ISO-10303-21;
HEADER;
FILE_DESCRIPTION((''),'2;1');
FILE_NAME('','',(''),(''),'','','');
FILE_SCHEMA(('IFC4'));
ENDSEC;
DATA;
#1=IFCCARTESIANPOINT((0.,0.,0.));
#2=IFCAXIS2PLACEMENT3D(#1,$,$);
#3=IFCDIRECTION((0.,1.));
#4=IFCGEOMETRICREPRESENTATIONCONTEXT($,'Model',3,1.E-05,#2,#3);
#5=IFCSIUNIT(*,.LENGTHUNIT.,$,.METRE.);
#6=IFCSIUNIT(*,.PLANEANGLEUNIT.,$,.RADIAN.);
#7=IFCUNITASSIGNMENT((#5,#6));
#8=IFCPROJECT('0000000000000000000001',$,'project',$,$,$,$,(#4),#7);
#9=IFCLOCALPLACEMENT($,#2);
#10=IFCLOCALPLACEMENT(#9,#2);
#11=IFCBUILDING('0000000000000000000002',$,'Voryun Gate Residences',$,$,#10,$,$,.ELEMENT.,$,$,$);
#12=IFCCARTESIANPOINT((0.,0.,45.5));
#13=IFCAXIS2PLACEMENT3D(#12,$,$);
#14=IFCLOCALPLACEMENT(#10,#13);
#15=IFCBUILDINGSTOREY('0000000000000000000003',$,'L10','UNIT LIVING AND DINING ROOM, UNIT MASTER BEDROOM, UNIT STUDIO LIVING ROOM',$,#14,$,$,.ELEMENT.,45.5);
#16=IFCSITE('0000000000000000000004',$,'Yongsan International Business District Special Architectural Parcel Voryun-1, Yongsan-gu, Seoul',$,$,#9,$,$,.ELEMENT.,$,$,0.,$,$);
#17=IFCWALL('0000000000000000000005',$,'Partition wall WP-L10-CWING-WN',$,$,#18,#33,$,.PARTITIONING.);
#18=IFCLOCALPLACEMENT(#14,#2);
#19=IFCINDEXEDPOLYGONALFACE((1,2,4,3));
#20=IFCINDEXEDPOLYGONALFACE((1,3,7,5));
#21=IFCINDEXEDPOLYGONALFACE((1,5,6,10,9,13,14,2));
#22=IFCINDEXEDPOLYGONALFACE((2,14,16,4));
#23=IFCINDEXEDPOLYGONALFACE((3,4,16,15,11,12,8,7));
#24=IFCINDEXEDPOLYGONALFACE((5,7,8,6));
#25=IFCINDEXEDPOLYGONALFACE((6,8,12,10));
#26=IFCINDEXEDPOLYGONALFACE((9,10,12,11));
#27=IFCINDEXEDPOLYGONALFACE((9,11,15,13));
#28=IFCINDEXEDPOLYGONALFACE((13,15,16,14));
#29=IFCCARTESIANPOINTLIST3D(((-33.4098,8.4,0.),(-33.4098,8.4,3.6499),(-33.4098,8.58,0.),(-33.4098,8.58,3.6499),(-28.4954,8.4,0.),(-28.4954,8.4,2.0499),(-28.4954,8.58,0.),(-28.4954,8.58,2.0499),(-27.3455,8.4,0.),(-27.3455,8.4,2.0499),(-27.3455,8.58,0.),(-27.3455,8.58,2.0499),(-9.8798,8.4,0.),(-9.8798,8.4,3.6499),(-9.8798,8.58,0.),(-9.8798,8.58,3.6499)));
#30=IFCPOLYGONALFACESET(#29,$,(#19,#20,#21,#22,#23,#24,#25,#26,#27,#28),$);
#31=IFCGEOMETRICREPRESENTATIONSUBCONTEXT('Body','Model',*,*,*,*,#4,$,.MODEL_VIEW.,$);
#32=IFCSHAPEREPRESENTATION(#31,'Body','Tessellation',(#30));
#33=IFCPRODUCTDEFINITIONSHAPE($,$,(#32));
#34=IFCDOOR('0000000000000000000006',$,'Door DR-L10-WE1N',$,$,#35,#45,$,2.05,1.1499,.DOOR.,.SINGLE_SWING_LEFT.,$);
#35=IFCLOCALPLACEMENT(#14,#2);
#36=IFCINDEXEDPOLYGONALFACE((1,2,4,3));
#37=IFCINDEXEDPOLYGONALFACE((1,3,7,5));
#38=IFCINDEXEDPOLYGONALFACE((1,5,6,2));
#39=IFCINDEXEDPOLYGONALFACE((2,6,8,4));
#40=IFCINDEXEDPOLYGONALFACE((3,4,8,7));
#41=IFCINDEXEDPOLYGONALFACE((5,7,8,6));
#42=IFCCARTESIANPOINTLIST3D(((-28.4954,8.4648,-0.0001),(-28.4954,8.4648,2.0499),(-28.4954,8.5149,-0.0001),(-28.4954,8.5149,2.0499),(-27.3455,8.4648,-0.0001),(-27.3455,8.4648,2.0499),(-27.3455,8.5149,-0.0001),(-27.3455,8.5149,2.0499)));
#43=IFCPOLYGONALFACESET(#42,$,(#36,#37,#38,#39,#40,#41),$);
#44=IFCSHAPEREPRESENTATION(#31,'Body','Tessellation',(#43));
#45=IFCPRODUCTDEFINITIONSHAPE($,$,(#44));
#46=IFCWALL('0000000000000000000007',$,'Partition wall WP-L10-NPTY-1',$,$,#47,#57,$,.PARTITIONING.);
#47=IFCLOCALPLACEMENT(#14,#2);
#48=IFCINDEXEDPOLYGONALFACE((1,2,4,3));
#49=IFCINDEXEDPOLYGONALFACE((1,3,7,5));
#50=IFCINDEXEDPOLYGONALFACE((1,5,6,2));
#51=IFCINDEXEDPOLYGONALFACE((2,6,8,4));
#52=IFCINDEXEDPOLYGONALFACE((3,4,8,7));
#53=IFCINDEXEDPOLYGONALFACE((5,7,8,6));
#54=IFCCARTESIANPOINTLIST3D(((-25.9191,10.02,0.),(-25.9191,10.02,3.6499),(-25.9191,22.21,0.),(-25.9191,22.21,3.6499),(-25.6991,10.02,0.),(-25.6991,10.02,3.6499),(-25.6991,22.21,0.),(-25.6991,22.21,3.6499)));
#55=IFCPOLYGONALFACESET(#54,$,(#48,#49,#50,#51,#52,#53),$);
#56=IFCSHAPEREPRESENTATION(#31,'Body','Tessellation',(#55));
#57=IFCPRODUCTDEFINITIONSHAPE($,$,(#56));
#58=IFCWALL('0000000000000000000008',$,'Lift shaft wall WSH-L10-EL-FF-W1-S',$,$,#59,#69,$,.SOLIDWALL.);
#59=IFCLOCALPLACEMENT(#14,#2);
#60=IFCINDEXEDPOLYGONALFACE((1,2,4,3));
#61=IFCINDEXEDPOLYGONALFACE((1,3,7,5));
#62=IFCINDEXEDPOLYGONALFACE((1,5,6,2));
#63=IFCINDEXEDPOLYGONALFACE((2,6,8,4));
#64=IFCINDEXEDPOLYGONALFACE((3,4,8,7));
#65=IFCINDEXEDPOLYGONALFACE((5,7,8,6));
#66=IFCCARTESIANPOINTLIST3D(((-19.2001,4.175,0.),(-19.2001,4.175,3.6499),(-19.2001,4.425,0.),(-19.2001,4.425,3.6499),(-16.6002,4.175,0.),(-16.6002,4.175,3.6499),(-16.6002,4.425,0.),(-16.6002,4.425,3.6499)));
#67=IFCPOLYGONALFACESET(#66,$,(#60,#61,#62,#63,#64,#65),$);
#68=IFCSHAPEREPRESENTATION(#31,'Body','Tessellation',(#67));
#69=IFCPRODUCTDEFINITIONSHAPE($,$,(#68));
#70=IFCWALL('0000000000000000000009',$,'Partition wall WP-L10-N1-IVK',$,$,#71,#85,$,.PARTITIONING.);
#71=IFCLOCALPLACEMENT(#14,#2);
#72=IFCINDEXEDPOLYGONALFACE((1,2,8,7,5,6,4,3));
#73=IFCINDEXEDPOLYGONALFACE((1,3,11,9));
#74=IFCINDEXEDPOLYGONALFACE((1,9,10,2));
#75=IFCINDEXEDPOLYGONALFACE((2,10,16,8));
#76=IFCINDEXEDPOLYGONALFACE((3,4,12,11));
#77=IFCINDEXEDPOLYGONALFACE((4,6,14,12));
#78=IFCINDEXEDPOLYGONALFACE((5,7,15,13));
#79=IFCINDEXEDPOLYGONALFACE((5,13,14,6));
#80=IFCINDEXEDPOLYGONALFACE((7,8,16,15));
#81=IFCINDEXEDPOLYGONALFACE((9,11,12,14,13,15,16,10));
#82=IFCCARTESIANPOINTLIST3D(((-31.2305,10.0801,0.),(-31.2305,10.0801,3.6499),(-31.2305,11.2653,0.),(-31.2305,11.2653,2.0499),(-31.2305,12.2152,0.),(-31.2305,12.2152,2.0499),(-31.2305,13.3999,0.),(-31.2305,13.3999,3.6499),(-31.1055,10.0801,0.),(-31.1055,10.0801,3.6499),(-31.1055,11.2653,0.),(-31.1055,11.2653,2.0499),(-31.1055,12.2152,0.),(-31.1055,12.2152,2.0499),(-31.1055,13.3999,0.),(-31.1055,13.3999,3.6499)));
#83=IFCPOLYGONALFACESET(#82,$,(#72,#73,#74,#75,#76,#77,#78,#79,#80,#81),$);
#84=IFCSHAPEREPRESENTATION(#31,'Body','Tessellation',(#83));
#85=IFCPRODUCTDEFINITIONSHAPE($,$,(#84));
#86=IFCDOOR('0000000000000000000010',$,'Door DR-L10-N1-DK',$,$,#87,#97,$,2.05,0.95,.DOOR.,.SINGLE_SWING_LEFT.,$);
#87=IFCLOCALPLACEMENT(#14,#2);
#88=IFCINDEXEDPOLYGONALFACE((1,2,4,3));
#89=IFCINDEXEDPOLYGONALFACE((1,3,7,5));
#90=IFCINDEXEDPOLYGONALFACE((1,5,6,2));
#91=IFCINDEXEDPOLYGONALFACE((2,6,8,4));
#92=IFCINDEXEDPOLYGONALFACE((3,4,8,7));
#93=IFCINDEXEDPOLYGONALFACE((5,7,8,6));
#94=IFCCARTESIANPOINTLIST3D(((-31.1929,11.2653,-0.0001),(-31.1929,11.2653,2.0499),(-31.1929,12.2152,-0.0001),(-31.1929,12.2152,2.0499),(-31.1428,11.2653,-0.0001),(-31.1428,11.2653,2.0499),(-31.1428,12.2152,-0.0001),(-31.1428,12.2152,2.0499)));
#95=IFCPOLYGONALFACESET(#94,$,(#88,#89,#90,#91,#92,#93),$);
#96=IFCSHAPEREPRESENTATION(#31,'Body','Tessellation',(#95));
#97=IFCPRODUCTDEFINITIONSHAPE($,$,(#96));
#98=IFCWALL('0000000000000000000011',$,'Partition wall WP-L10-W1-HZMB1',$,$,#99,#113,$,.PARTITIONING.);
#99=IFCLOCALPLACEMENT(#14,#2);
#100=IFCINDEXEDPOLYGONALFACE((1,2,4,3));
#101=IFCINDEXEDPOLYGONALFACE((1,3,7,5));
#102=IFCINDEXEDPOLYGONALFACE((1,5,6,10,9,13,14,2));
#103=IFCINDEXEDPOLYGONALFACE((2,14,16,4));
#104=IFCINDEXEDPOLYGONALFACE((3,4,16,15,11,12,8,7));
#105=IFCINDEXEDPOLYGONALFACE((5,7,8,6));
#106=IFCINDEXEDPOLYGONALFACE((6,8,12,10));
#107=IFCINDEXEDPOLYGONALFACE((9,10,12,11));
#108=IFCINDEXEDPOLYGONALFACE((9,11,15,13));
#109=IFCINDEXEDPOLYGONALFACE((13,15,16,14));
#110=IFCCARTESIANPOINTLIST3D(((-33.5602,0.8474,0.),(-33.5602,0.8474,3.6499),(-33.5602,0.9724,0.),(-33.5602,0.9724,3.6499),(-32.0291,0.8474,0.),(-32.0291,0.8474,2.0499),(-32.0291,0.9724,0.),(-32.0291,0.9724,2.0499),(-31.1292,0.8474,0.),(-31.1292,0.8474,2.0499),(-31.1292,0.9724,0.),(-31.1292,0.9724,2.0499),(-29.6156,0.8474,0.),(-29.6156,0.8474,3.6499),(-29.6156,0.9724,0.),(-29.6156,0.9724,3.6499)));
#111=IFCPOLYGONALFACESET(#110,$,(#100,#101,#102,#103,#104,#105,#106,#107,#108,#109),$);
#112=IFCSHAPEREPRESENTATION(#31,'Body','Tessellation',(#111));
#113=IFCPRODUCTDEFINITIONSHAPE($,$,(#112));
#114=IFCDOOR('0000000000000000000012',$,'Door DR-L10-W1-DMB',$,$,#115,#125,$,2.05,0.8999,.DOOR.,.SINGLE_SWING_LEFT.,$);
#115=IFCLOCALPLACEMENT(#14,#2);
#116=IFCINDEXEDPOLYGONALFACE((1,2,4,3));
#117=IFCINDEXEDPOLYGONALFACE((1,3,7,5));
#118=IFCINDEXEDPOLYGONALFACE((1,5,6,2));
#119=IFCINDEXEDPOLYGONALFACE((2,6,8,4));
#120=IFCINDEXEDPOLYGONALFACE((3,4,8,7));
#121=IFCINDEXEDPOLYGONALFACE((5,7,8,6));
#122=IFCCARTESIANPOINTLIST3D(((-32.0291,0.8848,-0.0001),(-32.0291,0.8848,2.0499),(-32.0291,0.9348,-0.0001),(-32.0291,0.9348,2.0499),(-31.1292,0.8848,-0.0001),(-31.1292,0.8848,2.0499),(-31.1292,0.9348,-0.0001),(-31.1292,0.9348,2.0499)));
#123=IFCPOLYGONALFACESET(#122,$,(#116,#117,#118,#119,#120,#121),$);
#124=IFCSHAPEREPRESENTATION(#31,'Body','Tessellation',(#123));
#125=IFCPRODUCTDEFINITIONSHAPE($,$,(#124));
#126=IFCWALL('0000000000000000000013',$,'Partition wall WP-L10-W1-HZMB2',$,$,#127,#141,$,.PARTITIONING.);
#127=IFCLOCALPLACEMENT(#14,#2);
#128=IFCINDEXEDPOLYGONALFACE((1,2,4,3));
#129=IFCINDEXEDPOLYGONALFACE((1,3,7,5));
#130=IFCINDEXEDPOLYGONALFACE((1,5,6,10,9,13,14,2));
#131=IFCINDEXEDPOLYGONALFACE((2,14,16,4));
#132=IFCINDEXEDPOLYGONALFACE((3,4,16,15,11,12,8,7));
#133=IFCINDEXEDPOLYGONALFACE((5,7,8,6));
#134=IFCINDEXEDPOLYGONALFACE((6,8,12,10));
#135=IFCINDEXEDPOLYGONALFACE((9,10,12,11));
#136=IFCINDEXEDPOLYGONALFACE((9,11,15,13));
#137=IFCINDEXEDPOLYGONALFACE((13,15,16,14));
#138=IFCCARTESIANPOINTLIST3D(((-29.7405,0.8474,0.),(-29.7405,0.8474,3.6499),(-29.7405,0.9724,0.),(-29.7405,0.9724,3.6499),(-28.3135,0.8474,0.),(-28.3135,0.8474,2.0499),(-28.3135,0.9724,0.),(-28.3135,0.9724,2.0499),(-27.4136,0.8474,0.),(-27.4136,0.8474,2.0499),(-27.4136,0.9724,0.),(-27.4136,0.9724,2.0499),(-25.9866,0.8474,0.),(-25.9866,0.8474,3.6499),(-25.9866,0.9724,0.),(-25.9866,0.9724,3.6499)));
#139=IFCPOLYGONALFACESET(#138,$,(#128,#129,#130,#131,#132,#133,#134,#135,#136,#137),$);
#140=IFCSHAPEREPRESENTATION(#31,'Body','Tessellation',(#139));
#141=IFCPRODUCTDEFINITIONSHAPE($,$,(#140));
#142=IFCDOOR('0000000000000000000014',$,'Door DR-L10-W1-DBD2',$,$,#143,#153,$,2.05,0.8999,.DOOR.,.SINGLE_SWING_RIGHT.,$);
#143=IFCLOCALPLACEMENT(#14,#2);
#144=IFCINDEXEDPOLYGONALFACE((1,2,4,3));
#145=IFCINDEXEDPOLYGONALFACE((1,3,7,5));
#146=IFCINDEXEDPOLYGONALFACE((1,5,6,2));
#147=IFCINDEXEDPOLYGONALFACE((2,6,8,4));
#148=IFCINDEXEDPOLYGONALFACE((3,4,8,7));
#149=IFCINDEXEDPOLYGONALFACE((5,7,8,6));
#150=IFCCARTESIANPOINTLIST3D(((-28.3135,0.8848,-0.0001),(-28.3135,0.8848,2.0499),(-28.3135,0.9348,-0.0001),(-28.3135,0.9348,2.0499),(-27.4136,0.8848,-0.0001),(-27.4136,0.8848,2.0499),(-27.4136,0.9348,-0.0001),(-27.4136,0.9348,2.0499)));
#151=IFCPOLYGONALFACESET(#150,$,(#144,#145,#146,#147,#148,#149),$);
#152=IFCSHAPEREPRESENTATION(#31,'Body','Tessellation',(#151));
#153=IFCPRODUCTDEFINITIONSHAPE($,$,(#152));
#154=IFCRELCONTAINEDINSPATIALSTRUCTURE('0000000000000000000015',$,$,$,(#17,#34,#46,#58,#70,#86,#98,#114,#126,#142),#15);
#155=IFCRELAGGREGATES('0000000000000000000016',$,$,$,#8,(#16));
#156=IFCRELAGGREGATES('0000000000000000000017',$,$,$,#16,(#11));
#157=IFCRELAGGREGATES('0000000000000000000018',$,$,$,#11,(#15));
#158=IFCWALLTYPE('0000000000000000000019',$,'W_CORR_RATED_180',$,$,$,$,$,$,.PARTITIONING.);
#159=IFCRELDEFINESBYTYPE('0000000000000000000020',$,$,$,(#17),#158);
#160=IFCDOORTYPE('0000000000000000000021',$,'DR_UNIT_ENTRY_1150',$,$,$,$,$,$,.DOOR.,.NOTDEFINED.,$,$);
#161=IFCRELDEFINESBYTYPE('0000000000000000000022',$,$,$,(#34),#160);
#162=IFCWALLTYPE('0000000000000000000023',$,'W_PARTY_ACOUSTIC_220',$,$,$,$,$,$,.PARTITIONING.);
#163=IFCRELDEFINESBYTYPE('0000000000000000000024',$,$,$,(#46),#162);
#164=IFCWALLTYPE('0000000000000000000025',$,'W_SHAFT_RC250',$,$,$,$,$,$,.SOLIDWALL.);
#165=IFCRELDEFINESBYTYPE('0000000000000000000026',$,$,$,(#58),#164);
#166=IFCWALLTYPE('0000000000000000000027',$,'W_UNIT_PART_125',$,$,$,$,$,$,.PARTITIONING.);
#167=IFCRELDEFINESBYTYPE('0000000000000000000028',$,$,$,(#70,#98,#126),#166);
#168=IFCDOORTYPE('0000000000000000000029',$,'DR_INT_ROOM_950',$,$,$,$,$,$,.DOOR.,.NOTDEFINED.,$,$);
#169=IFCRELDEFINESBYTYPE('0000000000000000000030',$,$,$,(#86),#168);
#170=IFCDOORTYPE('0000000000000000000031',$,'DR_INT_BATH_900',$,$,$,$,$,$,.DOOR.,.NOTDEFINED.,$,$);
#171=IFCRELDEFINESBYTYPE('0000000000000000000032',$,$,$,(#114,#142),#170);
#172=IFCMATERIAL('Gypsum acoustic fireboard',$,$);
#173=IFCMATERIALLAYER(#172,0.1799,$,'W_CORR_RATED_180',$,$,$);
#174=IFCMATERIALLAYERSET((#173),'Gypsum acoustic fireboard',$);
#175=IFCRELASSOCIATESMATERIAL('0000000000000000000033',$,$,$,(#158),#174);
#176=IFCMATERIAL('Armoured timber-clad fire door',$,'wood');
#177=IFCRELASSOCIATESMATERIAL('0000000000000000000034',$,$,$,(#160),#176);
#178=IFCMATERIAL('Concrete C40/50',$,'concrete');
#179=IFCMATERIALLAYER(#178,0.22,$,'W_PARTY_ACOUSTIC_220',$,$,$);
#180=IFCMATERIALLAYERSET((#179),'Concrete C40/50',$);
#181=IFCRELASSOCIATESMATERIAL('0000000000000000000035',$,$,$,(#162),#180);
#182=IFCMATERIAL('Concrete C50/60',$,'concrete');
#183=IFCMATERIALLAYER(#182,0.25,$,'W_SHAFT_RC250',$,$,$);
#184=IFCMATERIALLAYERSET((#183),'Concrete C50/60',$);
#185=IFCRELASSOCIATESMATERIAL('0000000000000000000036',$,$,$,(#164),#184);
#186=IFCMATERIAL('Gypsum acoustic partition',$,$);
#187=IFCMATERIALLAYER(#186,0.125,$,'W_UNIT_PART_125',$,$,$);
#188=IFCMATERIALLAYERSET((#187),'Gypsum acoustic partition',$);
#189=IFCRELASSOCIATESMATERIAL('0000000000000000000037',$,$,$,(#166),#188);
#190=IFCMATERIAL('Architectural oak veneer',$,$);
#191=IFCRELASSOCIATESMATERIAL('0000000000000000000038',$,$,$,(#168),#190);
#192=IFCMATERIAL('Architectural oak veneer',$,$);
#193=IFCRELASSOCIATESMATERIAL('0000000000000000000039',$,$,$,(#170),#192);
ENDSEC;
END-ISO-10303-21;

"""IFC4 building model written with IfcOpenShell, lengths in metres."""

from ifc_helpers import new_model, si_unit, direction, frame, frame_2d, origin, place, context, subcontext, project, spatial, rectangle, extrude, material, layer, layer_set, type_object, element, fill, save


model = new_model("IFC4")

# Units and contexts
model_context = context("Model", 3, precision=1e-05, world=origin(), true_north=direction((0.0, 1.0)))
body_context = subcontext(model_context, "Body", "Model", "MODEL_VIEW")
ifc_project = project(units=[si_unit("LENGTHUNIT", "METRE"), si_unit("PLANEANGLEUNIT", "RADIAN")], contexts=[model_context])

# Site, building, storey
site_placement = place(None, origin())
site = spatial("IfcSite", under=ifc_project, at=site_placement, Name="Yongsan International Business District Special Architectural Parcel Voryun-1, Yongsan-gu, Seoul", CompositionType="ELEMENT", RefElevation=0.0)
building_placement = place(site_placement, origin())
building = spatial("IfcBuilding", under=site, at=building_placement, Name="Voryun Gate Residences", CompositionType="ELEMENT")
storey_placement = place(building_placement, frame((0.0, 0.0, 45.5)))
storey = spatial("IfcBuildingStorey", under=building, at=storey_placement, Name="L10", Description="UNIT LIVING AND DINING ROOM, UNIT MASTER BEDROOM, UNIT STUDIO LIVING ROOM", CompositionType="ELEMENT", Elevation=45.5)

# Wall, opening, door
ifc_material_1 = material(Name="Gypsum acoustic fireboard")
ifc_layer_1 = layer(ifc_material_1, 0.1799, Name="W_CORR_RATED_180")
ifc_layer_set_1 = layer_set([ifc_layer_1], Name="Gypsum acoustic fireboard")
wall_type_1 = type_object("IfcWallType", Name="W_CORR_RATED_180", PredefinedType="PARTITIONING", material=ifc_layer_set_1)
wall_1_placement = place(storey_placement, frame((-33.4099, 8.49, 0.0), z_axis=(0.0, 0.0, 1.0), x_axis=(1.0, 0.0, 0.0)))
wall_1 = element("IfcWall", 1, at=wall_1_placement, inside=storey, type_object=wall_type_1, Name="Partition wall WP-L10-CWING-WN", PredefinedType="PARTITIONING", context=body_context, shape_type="SweptSolid", body=[
    extrude(rectangle(XDim=23.53, YDim=0.1799, at=frame_2d((11.7651, 0.0))), origin(), (0.0, 0.0, 1.0), 3.6499),
])
opening_1_placement = place(wall_1_placement, frame((4.9146, 0.0, 0.0)))
opening_1 = element("IfcOpeningElement", 2, at=opening_1_placement, cuts=wall_1, PredefinedType="OPENING", context=body_context, shape_type="SweptSolid", body=[
    extrude(rectangle(XDim=1.1499, YDim=2.05, at=frame_2d((0.575, 1.0249))), frame((0.0, 0.0999, 0.0), z_axis=(0.0, -1.0, 0.0), x_axis=(1.0, 0.0, 0.0)), (0.0, 0.0, 1.0), 0.2),
])
ifc_material_2 = material(Name="Armoured timber-clad fire door", Category="wood")
door_type_1 = type_object("IfcDoorType", Name="DR_UNIT_ENTRY_1150", OperationType="NOTDEFINED", PredefinedType="DOOR", material=ifc_material_2)
door_1_placement = place(opening_1_placement, origin())
door_1 = element("IfcDoor", 3, at=door_1_placement, inside=storey, type_object=door_type_1, Name="Door DR-L10-WE1N", OperationType="SINGLE_SWING_LEFT", OverallHeight=2.05, OverallWidth=1.1499, PredefinedType="DOOR", context=body_context, shape_type="SweptSolid", body=[
    extrude(rectangle(XDim=1.1499, YDim=2.05, at=frame_2d((0.575, 1.0249))), frame((0.0, 0.0249, 0.0), z_axis=(0.0, -1.0, 0.0), x_axis=(1.0, 0.0, 0.0)), (0.0, 0.0, 1.0), 0.05),
])
fill(opening_1, door_1)

# Walls
ifc_material_3 = material(Name="Concrete C40/50", Category="concrete")
ifc_layer_2 = layer(ifc_material_3, 0.22, Name="W_PARTY_ACOUSTIC_220")
ifc_layer_set_2 = layer_set([ifc_layer_2], Name="Concrete C40/50")
wall_type_2 = type_object("IfcWallType", Name="W_PARTY_ACOUSTIC_220", PredefinedType="PARTITIONING", material=ifc_layer_set_2)
wall_2_placement = place(storey_placement, frame((-25.8091, 10.02, 0.0), z_axis=(0.0, 0.0, 1.0), x_axis=(0.0, 1.0, 0.0)))
element("IfcWall", 4, at=wall_2_placement, inside=storey, type_object=wall_type_2, Name="Partition wall WP-L10-NPTY-1", PredefinedType="PARTITIONING", context=body_context, shape_type="SweptSolid", body=[
    extrude(rectangle(XDim=12.1899, YDim=0.22, at=frame_2d((6.095, 0.0))), origin(), (0.0, 0.0, 1.0), 3.6499),
])
ifc_material_4 = material(Name="Concrete C50/60", Category="concrete")
ifc_layer_3 = layer(ifc_material_4, 0.25, Name="W_SHAFT_RC250")
ifc_layer_set_3 = layer_set([ifc_layer_3], Name="Concrete C50/60")
wall_type_3 = type_object("IfcWallType", Name="W_SHAFT_RC250", PredefinedType="SOLIDWALL", material=ifc_layer_set_3)
wall_3_placement = place(storey_placement, frame((-19.2, 4.3, 0.0), z_axis=(0.0, 0.0, 1.0), x_axis=(1.0, 0.0, 0.0)))
element("IfcWall", 5, at=wall_3_placement, inside=storey, type_object=wall_type_3, Name="Lift shaft wall WSH-L10-EL-FF-W1-S", PredefinedType="SOLIDWALL", context=body_context, shape_type="SweptSolid", body=[
    extrude(rectangle(XDim=2.5999, YDim=0.25, at=frame_2d((1.2998, 0.0))), origin(), (0.0, 0.0, 1.0), 3.6499),
])

# Walls, openings, doors
ifc_material_5 = material(Name="Gypsum acoustic partition")
ifc_layer_4 = layer(ifc_material_5, 0.125, Name="W_UNIT_PART_125")
ifc_layer_set_4 = layer_set([ifc_layer_4], Name="Gypsum acoustic partition")
wall_type_4 = type_object("IfcWallType", Name="W_UNIT_PART_125", PredefinedType="PARTITIONING", material=ifc_layer_set_4)
wall_4_placement = place(storey_placement, frame((-31.168, 10.0801, 0.0), z_axis=(0.0, 0.0, 1.0), x_axis=(0.0, 1.0, 0.0)))
wall_4 = element("IfcWall", 6, at=wall_4_placement, inside=storey, type_object=wall_type_4, Name="Partition wall WP-L10-N1-IVK", PredefinedType="PARTITIONING", context=body_context, shape_type="SweptSolid", body=[
    extrude(rectangle(XDim=3.3198, YDim=0.125, at=frame_2d((1.6599, 0.0))), origin(), (0.0, 0.0, 1.0), 3.6499),
])
opening_2_placement = place(wall_4_placement, frame((1.1851, 0.0, 0.0)))
opening_2 = element("IfcOpeningElement", 7, at=opening_2_placement, cuts=wall_4, PredefinedType="OPENING", context=body_context, shape_type="SweptSolid", body=[
    extrude(rectangle(XDim=0.95, YDim=2.05, at=frame_2d((0.4751, 1.0249))), frame((0.0, 0.0725, 0.0), z_axis=(0.0, -1.0, 0.0), x_axis=(1.0, 0.0, 0.0)), (0.0, 0.0, 1.0), 0.145),
])
ifc_material_6 = material(Name="Architectural oak veneer")
door_type_2 = type_object("IfcDoorType", Name="DR_INT_ROOM_950", OperationType="NOTDEFINED", PredefinedType="DOOR", material=ifc_material_6)
door_2_placement = place(opening_2_placement, origin())
door_2 = element("IfcDoor", 8, at=door_2_placement, inside=storey, type_object=door_type_2, Name="Door DR-L10-N1-DK", OperationType="SINGLE_SWING_LEFT", OverallHeight=2.05, OverallWidth=0.95, PredefinedType="DOOR", context=body_context, shape_type="SweptSolid", body=[
    extrude(rectangle(XDim=0.95, YDim=2.05, at=frame_2d((0.4751, 1.0249))), frame((0.0, 0.0249, 0.0), z_axis=(0.0, -1.0, 0.0), x_axis=(1.0, 0.0, 0.0)), (0.0, 0.0, 1.0), 0.05),
])
fill(opening_2, door_2)
wall_5_placement = place(storey_placement, frame((-33.5601, 0.9099, 0.0), z_axis=(0.0, 0.0, 1.0), x_axis=(1.0, 0.0, 0.0)))
wall_5 = element("IfcWall", 9, at=wall_5_placement, inside=storey, type_object=wall_type_4, Name="Partition wall WP-L10-W1-HZMB1", PredefinedType="PARTITIONING", context=body_context, shape_type="SweptSolid", body=[
    extrude(rectangle(XDim=3.9446, YDim=0.125, at=frame_2d((1.9722, 0.0))), origin(), (0.0, 0.0, 1.0), 3.6499),
])
opening_3_placement = place(wall_5_placement, frame((1.531, 0.0, 0.0)))
opening_3 = element("IfcOpeningElement", 10, at=opening_3_placement, cuts=wall_5, PredefinedType="OPENING", context=body_context, shape_type="SweptSolid", body=[
    extrude(rectangle(XDim=0.8999, YDim=2.05, at=frame_2d((0.45, 1.0249))), frame((0.0, 0.0725, 0.0), z_axis=(0.0, -1.0, 0.0), x_axis=(1.0, 0.0, 0.0)), (0.0, 0.0, 1.0), 0.145),
])
ifc_material_7 = material(Name="Architectural oak veneer")
door_type_3 = type_object("IfcDoorType", Name="DR_INT_BATH_900", OperationType="NOTDEFINED", PredefinedType="DOOR", material=ifc_material_7)
door_3_placement = place(opening_3_placement, origin())
door_3 = element("IfcDoor", 11, at=door_3_placement, inside=storey, type_object=door_type_3, Name="Door DR-L10-W1-DMB", OperationType="SINGLE_SWING_LEFT", OverallHeight=2.05, OverallWidth=0.8999, PredefinedType="DOOR", context=body_context, shape_type="SweptSolid", body=[
    extrude(rectangle(XDim=0.8999, YDim=2.05, at=frame_2d((0.45, 1.0249))), frame((0.0, 0.0249, 0.0), z_axis=(0.0, -1.0, 0.0), x_axis=(1.0, 0.0, 0.0)), (0.0, 0.0, 1.0), 0.05),
])
fill(opening_3, door_3)
wall_6_placement = place(storey_placement, frame((-29.7405, 0.9099, 0.0), z_axis=(0.0, 0.0, 1.0), x_axis=(1.0, 0.0, 0.0)))
wall_6 = element("IfcWall", 12, at=wall_6_placement, inside=storey, type_object=wall_type_4, Name="Partition wall WP-L10-W1-HZMB2", PredefinedType="PARTITIONING", context=body_context, shape_type="SweptSolid", body=[
    extrude(rectangle(XDim=3.7539, YDim=0.125, at=frame_2d((1.877, 0.0))), origin(), (0.0, 0.0, 1.0), 3.6499),
])
opening_4_placement = place(wall_6_placement, frame((1.427, 0.0, 0.0)))
opening_4 = element("IfcOpeningElement", 13, at=opening_4_placement, cuts=wall_6, PredefinedType="OPENING", context=body_context, shape_type="SweptSolid", body=[
    extrude(rectangle(XDim=0.8999, YDim=2.05, at=frame_2d((0.45, 1.0249))), frame((0.0, 0.0725, 0.0), z_axis=(0.0, -1.0, 0.0), x_axis=(1.0, 0.0, 0.0)), (0.0, 0.0, 1.0), 0.145),
])
door_4_placement = place(opening_4_placement, origin())
door_4 = element("IfcDoor", 14, at=door_4_placement, inside=storey, type_object=door_type_3, Name="Door DR-L10-W1-DBD2", OperationType="SINGLE_SWING_RIGHT", OverallHeight=2.05, OverallWidth=0.8999, PredefinedType="DOOR", context=body_context, shape_type="SweptSolid", body=[
    extrude(rectangle(XDim=0.8999, YDim=2.05, at=frame_2d((0.45, 1.0249))), frame((0.0, 0.0249, 0.0), z_axis=(0.0, -1.0, 0.0), x_axis=(1.0, 0.0, 0.0)), (0.0, 0.0, 1.0), 0.05),
])
fill(opening_4, door_4)

save(model, "model.ifc")
